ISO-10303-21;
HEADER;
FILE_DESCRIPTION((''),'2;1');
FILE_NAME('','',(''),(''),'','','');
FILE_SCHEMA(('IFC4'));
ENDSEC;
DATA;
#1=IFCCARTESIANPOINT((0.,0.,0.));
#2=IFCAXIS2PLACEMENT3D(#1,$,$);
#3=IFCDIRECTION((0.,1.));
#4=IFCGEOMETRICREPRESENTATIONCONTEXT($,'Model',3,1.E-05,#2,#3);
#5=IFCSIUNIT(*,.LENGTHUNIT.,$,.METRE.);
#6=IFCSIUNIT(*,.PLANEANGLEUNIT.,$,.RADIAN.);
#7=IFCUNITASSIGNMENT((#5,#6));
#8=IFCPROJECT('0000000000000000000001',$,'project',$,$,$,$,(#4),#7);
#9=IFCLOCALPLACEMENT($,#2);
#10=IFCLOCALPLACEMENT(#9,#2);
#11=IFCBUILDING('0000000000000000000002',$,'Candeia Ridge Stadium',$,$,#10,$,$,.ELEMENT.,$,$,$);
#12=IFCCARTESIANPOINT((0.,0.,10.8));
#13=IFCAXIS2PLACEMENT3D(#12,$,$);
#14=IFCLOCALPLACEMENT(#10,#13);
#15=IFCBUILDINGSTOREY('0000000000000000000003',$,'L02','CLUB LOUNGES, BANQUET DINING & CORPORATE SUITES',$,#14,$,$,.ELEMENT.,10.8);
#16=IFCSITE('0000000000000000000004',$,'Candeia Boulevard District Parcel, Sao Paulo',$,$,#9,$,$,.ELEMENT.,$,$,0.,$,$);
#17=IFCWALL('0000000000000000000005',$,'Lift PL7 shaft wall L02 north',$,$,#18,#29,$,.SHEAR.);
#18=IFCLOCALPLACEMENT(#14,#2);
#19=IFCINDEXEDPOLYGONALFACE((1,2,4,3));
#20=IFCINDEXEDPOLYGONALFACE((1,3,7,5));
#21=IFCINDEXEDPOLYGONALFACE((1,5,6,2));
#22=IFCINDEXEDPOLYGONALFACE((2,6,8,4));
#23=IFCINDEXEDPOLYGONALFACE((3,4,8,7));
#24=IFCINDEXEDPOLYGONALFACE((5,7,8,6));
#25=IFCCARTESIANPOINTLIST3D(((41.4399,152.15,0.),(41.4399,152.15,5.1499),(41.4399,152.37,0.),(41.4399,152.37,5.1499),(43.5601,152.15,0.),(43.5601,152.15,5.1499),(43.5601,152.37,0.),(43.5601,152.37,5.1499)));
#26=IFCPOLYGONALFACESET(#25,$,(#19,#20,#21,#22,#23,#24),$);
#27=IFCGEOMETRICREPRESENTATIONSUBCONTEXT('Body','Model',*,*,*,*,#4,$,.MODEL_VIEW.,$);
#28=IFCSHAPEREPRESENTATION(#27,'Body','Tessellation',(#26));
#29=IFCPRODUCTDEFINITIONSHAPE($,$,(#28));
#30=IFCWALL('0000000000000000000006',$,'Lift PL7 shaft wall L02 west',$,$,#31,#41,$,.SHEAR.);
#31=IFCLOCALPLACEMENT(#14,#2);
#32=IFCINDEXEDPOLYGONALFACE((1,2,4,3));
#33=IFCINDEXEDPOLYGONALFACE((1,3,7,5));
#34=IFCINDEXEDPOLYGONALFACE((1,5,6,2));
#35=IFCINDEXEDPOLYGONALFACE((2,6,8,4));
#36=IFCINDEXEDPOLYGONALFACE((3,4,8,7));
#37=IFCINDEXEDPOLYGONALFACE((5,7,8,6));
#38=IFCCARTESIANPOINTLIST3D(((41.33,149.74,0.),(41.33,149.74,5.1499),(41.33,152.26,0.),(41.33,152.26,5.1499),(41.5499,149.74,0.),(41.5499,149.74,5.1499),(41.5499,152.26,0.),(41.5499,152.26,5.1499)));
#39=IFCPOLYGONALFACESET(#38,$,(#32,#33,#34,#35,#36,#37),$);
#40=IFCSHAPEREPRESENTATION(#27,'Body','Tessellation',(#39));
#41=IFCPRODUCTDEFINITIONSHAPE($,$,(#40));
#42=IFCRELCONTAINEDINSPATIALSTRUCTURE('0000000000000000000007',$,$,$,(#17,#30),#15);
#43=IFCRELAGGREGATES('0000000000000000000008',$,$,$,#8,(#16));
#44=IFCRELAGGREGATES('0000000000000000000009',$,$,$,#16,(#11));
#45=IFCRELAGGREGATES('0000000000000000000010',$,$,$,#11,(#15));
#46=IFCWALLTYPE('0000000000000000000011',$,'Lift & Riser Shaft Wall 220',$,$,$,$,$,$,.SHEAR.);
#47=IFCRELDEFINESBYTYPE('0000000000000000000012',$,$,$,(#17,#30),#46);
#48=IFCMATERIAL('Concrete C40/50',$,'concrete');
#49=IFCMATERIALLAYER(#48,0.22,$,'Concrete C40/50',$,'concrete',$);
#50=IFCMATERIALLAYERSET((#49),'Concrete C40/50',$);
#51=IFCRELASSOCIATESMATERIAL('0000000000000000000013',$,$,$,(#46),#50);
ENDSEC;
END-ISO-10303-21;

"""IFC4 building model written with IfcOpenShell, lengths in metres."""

from ifc_helpers import new_model, si_unit, direction, frame, frame_2d, origin, place, context, subcontext, project, spatial, rectangle, extrude, material, layer, layer_set, type_object, element, save


model = new_model("IFC4")

# Units and contexts
model_context = context("Model", 3, precision=1e-05, world=origin(), true_north=direction((0.0, 1.0)))
body_context = subcontext(model_context, "Body", "Model", "MODEL_VIEW")
ifc_project = project(units=[si_unit("LENGTHUNIT", "METRE"), si_unit("PLANEANGLEUNIT", "RADIAN")], contexts=[model_context])

# Site, building, storey
site_placement = place(None, origin())
site = spatial("IfcSite", under=ifc_project, at=site_placement, Name="Candeia Boulevard District Parcel, Sao Paulo", CompositionType="ELEMENT", RefElevation=0.0)
building_placement = place(site_placement, origin())
building = spatial("IfcBuilding", under=site, at=building_placement, Name="Candeia Ridge Stadium", CompositionType="ELEMENT")
storey_placement = place(building_placement, frame((0.0, 0.0, 10.8)))
storey = spatial("IfcBuildingStorey", under=building, at=storey_placement, Name="L02", Description="CLUB LOUNGES, BANQUET DINING & CORPORATE SUITES", CompositionType="ELEMENT", Elevation=10.8)

# Shared definitions
ifc_material_1 = material(Name="Concrete C40/50", Category="concrete")

# Shared definitions
ifc_layer_1 = layer(ifc_material_1, 0.22, Name="Concrete C40/50", Category="concrete")
ifc_layer_set_1 = layer_set([ifc_layer_1], Name="Concrete C40/50")
wall_type = type_object("IfcWallType", Name="Lift & Riser Shaft Wall 220", PredefinedType="SHEAR", material=ifc_layer_set_1)

# Walls
wall_1_placement = place(storey_placement, frame((43.5601, 152.26, 0.0), z_axis=(0.0, 0.0, 1.0), x_axis=(-1.0, 0.0, 0.0)))
element("IfcWall", 1, at=wall_1_placement, inside=storey, type_object=wall_type, Name="Lift PL7 shaft wall L02 north", PredefinedType="SHEAR", context=body_context, shape_type="SweptSolid", body=[
    extrude(rectangle(XDim=2.1201, YDim=0.22, at=frame_2d((1.0601, 0.0))), origin(), (0.0, 0.0, 1.0), 5.1499),
])
wall_2_placement = place(storey_placement, frame((41.4399, 152.26, 0.0), z_axis=(0.0, 0.0, 1.0), x_axis=(0.0, -1.0, 0.0)))
element("IfcWall", 2, at=wall_2_placement, inside=storey, type_object=wall_type, Name="Lift PL7 shaft wall L02 west", PredefinedType="SHEAR", context=body_context, shape_type="SweptSolid", body=[
    extrude(rectangle(XDim=2.52, YDim=0.22, at=frame_2d((1.26, 0.0))), origin(), (0.0, 0.0, 1.0), 5.1499),
])

save(model, "model.ifc")
